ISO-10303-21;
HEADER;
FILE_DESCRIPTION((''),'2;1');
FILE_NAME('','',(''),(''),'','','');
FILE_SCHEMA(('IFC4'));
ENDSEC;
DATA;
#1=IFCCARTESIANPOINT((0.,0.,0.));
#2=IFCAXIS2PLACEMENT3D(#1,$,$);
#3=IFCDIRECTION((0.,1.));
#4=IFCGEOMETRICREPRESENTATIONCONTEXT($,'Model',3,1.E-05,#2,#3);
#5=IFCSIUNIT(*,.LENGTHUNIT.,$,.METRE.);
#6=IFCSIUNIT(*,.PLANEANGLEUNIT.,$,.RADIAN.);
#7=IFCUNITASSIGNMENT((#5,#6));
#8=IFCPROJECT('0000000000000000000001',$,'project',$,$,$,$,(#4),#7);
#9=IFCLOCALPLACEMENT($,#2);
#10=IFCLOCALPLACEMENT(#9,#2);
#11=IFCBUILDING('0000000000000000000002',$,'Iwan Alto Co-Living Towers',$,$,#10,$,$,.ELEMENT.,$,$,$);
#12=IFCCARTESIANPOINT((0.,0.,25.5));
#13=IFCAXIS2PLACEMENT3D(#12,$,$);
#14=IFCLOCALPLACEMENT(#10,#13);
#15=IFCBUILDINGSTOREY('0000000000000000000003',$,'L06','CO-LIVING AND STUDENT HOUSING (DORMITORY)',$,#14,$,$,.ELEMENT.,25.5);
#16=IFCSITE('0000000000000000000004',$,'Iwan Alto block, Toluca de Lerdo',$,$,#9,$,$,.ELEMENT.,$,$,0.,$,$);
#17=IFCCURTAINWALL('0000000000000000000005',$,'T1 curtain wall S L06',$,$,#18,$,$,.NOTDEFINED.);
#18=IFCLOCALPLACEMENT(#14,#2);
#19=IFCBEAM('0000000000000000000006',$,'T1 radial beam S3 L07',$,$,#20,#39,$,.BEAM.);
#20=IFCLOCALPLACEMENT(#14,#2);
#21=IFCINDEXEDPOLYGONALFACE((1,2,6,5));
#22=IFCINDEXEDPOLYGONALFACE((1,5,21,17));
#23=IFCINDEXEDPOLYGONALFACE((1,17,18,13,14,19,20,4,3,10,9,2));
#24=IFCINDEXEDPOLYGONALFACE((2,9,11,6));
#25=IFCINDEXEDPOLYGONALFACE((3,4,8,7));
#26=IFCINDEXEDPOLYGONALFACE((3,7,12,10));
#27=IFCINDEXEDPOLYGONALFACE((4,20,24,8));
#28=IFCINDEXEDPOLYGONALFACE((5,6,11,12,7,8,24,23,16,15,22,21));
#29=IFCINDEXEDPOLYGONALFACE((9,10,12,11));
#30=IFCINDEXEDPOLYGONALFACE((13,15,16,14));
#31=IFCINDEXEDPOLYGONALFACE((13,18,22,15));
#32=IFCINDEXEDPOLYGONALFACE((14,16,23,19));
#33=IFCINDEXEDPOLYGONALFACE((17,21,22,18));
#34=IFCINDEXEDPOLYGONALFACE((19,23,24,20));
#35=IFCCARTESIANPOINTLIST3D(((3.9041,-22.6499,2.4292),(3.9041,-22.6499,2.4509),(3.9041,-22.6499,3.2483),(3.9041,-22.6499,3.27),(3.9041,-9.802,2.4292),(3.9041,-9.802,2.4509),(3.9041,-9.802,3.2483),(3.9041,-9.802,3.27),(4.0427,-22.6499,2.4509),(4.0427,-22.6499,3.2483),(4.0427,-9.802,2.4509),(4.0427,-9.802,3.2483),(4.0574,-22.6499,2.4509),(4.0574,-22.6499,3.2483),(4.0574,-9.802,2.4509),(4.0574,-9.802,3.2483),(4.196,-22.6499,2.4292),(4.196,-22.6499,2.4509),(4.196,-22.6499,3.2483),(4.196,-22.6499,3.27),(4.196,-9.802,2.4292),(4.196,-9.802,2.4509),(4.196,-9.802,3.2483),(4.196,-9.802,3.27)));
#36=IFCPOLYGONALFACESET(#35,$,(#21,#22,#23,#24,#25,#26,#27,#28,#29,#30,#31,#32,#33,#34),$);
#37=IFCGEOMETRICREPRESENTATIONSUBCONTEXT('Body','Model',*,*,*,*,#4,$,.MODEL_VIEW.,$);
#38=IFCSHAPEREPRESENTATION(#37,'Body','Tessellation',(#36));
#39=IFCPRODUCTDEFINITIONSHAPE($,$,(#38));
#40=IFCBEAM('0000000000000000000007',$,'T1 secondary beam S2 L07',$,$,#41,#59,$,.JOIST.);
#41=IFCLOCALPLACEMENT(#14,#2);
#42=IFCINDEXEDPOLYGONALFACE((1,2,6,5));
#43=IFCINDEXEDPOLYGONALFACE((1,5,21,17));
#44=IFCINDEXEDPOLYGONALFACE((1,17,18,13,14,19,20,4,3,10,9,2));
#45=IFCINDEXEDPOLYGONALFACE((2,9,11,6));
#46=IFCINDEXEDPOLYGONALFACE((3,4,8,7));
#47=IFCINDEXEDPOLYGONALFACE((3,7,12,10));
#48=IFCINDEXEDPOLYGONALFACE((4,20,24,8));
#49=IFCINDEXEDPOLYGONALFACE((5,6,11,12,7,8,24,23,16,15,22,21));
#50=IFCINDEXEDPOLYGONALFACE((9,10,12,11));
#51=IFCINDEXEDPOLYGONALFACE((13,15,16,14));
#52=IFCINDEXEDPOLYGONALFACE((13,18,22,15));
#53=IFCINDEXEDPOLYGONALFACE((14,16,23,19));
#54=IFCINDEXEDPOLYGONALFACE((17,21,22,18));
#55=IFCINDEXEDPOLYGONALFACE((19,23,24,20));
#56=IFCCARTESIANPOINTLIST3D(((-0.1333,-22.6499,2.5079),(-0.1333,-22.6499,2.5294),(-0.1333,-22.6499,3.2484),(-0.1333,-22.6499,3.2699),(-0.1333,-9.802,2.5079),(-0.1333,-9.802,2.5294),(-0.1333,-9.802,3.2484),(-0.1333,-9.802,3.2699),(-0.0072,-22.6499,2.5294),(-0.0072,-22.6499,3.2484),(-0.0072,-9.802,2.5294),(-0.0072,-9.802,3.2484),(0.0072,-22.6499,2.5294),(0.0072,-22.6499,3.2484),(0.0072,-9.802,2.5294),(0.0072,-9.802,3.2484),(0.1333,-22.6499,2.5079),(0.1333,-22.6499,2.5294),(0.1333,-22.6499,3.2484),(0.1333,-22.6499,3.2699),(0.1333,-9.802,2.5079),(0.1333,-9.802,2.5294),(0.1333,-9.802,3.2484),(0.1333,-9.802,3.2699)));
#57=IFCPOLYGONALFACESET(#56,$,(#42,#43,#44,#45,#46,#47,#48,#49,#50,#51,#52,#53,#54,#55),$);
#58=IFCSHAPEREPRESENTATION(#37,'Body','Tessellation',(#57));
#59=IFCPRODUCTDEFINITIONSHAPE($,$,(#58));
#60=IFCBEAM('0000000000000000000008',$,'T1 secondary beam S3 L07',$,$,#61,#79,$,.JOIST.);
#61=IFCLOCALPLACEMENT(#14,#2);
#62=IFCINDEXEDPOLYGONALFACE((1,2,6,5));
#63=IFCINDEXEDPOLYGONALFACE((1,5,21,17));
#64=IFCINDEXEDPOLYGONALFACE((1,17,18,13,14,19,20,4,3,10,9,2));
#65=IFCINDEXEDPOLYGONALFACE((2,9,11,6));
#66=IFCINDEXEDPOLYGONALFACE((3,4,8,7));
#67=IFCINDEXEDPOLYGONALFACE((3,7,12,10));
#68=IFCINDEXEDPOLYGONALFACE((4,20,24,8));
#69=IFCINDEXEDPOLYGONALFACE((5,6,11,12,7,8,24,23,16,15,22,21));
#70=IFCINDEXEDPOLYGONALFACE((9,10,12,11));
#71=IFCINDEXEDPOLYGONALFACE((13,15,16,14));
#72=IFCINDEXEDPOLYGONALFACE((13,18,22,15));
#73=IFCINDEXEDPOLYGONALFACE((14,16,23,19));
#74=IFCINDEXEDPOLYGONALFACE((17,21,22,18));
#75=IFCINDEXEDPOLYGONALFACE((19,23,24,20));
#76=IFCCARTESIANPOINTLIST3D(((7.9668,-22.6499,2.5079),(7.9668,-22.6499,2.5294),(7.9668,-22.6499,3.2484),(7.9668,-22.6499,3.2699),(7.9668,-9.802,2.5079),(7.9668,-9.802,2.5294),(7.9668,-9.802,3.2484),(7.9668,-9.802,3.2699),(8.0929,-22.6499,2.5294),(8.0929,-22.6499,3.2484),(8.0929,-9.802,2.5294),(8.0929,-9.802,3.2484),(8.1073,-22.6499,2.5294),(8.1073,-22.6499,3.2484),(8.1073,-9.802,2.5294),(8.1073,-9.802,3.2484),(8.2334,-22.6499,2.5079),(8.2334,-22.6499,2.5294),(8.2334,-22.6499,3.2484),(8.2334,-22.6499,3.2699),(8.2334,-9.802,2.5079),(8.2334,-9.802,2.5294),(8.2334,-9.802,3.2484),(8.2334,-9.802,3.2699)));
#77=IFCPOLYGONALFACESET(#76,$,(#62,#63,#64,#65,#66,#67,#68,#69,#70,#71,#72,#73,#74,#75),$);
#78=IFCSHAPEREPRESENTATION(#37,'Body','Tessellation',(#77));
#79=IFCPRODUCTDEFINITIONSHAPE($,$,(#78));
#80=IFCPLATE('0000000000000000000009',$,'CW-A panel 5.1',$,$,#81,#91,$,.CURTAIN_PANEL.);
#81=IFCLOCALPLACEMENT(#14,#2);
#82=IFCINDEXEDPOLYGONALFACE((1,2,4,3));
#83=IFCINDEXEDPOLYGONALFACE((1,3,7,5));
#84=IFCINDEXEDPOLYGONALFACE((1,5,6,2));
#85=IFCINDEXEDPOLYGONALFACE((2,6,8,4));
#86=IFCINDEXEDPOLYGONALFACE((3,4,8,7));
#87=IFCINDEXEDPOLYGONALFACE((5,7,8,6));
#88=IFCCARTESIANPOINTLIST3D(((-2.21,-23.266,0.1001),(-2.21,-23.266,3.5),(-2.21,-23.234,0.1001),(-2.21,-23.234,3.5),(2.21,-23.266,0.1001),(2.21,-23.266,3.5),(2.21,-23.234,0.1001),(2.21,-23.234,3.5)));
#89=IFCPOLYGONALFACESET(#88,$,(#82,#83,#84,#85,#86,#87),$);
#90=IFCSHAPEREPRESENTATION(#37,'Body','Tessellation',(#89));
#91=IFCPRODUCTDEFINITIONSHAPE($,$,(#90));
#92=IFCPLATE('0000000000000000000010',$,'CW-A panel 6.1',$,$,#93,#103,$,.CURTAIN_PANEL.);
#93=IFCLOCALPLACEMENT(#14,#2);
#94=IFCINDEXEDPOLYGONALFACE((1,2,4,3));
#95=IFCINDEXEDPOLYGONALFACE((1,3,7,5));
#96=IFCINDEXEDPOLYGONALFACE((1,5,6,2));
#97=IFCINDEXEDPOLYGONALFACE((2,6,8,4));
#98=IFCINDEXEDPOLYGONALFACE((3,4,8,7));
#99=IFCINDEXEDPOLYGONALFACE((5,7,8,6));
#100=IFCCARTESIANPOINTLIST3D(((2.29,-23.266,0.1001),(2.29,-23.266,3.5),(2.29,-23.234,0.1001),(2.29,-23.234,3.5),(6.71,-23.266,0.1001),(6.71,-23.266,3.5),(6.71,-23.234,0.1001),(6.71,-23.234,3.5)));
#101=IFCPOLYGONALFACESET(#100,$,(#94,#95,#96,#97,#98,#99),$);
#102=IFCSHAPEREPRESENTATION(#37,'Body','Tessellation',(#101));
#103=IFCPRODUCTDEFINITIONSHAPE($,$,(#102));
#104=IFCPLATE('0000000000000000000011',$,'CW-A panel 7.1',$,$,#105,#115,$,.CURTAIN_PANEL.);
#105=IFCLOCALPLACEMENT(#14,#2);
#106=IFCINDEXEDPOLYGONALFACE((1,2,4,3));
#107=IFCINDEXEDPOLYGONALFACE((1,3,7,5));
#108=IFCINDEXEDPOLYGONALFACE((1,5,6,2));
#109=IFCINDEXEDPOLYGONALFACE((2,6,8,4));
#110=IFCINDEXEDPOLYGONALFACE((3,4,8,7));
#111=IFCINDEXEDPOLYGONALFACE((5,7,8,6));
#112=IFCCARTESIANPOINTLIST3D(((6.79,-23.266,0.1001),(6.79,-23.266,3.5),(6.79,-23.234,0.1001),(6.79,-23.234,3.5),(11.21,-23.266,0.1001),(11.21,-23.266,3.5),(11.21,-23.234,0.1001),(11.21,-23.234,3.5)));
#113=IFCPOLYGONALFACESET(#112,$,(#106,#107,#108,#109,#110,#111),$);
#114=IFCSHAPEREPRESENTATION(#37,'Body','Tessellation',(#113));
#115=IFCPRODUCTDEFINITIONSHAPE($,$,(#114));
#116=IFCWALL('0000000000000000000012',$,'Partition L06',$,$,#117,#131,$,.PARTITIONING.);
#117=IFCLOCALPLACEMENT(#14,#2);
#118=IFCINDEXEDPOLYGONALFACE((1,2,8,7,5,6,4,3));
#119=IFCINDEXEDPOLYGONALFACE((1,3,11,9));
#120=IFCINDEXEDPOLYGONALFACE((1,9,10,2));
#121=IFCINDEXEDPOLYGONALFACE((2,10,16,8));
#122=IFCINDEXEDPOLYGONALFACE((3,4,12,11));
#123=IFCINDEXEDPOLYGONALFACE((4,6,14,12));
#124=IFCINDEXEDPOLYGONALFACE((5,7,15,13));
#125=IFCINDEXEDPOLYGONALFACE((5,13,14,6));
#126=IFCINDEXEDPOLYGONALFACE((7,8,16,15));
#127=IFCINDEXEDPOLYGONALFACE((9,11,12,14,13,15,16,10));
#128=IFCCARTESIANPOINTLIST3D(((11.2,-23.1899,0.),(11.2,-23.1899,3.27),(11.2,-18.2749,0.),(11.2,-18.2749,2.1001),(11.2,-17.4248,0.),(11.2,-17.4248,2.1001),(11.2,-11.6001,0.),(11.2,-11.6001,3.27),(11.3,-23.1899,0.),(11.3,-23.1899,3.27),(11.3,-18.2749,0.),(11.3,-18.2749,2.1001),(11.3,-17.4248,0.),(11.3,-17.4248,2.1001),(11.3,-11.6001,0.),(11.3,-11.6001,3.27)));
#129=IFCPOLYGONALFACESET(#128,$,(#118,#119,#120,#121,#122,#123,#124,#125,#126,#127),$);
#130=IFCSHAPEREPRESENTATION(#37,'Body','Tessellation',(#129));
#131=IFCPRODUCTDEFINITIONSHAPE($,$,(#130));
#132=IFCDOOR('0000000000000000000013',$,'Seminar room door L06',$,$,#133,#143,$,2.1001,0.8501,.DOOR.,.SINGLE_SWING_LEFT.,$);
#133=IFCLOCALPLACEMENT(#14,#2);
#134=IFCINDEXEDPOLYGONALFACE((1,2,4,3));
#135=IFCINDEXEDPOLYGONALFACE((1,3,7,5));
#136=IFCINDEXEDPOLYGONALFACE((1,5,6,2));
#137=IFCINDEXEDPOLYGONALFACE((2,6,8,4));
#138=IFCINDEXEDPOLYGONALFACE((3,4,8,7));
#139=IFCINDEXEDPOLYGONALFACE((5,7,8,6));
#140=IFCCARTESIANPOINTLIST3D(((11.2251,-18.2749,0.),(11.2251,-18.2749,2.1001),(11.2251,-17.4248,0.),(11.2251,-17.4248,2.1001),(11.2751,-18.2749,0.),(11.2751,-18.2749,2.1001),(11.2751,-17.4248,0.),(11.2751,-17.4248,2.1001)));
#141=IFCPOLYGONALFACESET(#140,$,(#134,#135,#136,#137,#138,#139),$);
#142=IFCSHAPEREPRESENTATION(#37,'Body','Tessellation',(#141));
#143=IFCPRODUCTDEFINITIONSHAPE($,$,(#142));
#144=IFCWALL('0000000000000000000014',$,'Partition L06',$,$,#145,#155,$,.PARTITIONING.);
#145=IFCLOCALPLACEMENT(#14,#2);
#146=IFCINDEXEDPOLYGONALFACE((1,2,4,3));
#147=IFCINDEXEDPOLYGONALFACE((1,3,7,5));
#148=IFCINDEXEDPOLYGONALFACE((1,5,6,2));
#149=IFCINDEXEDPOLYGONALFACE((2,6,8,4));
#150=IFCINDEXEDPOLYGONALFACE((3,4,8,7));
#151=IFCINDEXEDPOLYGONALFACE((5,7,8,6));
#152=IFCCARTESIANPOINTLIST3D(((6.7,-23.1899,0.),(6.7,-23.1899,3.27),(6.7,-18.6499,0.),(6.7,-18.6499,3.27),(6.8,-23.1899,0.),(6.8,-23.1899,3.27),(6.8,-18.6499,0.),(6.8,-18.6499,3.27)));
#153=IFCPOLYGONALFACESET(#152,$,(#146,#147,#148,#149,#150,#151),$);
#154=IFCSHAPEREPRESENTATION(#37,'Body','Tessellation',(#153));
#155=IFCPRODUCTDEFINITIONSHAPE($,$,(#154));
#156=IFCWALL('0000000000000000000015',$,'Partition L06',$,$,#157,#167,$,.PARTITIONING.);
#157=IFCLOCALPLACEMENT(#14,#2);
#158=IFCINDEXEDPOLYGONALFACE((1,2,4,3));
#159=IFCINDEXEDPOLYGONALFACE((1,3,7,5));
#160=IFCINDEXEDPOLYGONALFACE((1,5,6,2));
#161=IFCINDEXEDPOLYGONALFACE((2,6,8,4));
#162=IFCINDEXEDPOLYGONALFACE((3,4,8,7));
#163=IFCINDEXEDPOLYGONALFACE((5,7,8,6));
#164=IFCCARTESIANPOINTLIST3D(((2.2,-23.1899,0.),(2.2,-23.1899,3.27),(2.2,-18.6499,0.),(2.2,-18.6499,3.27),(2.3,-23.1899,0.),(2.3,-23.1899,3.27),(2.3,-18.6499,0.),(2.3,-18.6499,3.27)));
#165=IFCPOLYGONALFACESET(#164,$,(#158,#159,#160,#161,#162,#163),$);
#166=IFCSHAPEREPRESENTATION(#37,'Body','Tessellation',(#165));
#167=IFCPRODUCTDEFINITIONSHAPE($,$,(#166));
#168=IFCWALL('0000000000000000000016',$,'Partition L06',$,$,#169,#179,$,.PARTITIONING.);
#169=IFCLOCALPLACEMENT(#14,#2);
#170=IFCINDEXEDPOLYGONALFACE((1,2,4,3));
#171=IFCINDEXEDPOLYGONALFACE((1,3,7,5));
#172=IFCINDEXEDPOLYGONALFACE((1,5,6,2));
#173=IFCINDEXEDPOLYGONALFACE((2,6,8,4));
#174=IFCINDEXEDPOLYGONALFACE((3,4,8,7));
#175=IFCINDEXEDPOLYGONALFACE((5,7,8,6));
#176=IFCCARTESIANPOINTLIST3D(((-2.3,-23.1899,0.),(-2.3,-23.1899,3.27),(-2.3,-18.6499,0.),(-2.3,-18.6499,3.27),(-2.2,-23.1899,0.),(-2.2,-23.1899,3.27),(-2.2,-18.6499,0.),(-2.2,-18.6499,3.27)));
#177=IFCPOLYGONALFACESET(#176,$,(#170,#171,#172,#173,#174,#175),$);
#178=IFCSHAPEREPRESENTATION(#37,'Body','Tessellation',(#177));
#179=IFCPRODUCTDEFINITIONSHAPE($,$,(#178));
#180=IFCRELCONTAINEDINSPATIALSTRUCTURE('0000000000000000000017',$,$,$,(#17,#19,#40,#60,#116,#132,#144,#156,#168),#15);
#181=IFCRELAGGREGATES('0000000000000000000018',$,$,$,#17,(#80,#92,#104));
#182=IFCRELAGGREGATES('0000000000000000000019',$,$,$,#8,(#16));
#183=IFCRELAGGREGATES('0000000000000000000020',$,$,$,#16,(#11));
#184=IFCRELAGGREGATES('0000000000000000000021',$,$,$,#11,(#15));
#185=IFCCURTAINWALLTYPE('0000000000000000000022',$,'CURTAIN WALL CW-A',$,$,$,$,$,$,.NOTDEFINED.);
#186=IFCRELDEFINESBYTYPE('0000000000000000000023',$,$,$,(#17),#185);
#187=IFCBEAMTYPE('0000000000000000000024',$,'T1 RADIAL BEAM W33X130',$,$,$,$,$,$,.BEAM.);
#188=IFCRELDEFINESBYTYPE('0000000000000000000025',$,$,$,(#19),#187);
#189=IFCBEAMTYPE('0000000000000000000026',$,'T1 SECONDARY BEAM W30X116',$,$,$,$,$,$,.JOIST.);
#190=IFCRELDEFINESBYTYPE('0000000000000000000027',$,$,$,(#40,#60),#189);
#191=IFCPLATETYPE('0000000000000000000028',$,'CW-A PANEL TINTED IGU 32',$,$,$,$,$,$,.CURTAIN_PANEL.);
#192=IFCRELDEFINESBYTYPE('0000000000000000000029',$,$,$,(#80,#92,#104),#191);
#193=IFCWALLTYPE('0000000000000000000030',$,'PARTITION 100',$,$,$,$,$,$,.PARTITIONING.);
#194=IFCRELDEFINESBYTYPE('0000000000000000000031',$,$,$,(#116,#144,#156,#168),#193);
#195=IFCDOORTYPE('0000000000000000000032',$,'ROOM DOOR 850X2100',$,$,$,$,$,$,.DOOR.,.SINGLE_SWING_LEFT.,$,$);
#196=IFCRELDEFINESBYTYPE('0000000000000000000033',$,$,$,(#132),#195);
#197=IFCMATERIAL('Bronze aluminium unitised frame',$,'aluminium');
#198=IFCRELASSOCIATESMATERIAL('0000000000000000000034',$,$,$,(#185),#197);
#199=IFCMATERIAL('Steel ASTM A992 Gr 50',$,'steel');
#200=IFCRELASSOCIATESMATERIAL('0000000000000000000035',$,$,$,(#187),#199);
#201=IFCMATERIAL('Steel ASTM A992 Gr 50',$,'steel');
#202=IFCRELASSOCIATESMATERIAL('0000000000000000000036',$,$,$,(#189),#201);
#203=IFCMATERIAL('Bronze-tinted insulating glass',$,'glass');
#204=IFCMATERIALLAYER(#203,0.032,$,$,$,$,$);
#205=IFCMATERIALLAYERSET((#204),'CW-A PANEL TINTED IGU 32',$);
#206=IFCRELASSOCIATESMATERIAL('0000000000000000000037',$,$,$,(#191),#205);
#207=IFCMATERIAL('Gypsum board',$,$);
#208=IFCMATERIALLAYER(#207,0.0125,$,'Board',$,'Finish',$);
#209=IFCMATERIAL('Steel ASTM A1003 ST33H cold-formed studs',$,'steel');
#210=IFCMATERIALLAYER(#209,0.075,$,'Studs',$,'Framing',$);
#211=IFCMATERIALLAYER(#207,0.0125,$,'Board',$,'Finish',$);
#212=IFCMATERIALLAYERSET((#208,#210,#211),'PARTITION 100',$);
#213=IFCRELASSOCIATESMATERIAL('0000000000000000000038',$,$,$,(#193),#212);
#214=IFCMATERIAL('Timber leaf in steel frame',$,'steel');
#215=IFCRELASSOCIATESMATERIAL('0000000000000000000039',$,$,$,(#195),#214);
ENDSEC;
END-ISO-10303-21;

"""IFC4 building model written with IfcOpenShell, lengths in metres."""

from ifc_helpers import new_model, si_unit, direction, frame, frame_2d, origin, origin_2d, place, context, subcontext, project, spatial, rectangle, i_section, extrude, material, layer, layer_set, material_profile, profile_set, type_object, element, fill, aggregate, save


model = new_model("IFC4")

# Units and contexts
model_context = context("Model", 3, precision=1e-05, world=origin(), true_north=direction((0.0, 1.0)))
body_context = subcontext(model_context, "Body", "Model", "MODEL_VIEW")
ifc_project = project(units=[si_unit("LENGTHUNIT", "METRE"), si_unit("PLANEANGLEUNIT", "RADIAN")], contexts=[model_context])

# Site, building, storey
site_placement = place(None, origin())
site = spatial("IfcSite", under=ifc_project, at=site_placement, Name="Iwan Alto block, Toluca de Lerdo", CompositionType="ELEMENT", RefElevation=0.0)
building_placement = place(site_placement, origin())
building = spatial("IfcBuilding", under=site, at=building_placement, Name="Iwan Alto Co-Living Towers", CompositionType="ELEMENT")
storey_placement = place(building_placement, frame((0.0, 0.0, 25.5)))
storey = spatial("IfcBuildingStorey", under=building, at=storey_placement, Name="L06", Description="CO-LIVING AND STUDENT HOUSING (DORMITORY)", CompositionType="ELEMENT", Elevation=25.5)

# Curtain wall
ifc_material_1 = material(Name="Bronze aluminium unitised frame", Category="aluminium")
curtain_wall_type = type_object("IfcCurtainWallType", Name="CURTAIN WALL CW-A", PredefinedType="NOTDEFINED", material=ifc_material_1)
curtain_wall_placement = place(storey_placement, origin())
curtain_wall = element("IfcCurtainWall", 1, at=curtain_wall_placement, inside=storey, type_object=curtain_wall_type, Name="T1 curtain wall S L06", PredefinedType="NOTDEFINED")

# Beams
ifc_material_2 = material(Name="Steel ASTM A992 Gr 50", Category="steel")
ifc_material_profile_1 = material_profile(ifc_material_2, i_section(OverallWidth=0.292, OverallDepth=0.8408, WebThickness=0.0146, FlangeThickness=0.0217, at=origin_2d()), Name="W33X130")
ifc_profile_set_1 = profile_set([ifc_material_profile_1], Name="Steel ASTM A992 Gr 50")
beam_type_1 = type_object("IfcBeamType", Name="T1 RADIAL BEAM W33X130", PredefinedType="BEAM", material=ifc_profile_set_1)
beam_1_placement = place(storey_placement, frame((4.05, -22.6499, 2.8496), z_axis=(0.0, 1.0, 0.0), x_axis=(-1.0, 0.0, 0.0)))
element("IfcBeam", 2, at=beam_1_placement, inside=storey, type_object=beam_type_1, Name="T1 radial beam S3 L07", PredefinedType="BEAM", context=body_context, shape_type="SweptSolid", body=[
    extrude(i_section(OverallWidth=0.292, OverallDepth=0.8408, WebThickness=0.0146, FlangeThickness=0.0217, at=origin_2d()), origin(), (0.0, 0.0, 1.0), 12.8479),
])
ifc_material_3 = material(Name="Steel ASTM A992 Gr 50", Category="steel")
ifc_material_profile_2 = material_profile(ifc_material_3, i_section(OverallWidth=0.2666, OverallDepth=0.762, WebThickness=0.0144, FlangeThickness=0.0215, at=origin_2d()), Name="W30X116")
ifc_profile_set_2 = profile_set([ifc_material_profile_2], Name="Steel ASTM A992 Gr 50")
beam_type_2 = type_object("IfcBeamType", Name="T1 SECONDARY BEAM W30X116", PredefinedType="JOIST", material=ifc_profile_set_2)
for number, where, z_axis, x_axis, name in (
    (3, (0.0, -22.6499, 2.8889), (0.0, 1.0, 0.0), (-1.0, 0.0, 0.0), "T1 secondary beam S2 L07"),
    (4, (8.1001, -22.6499, 2.8889), (0.0, 1.0, 0.0), (-1.0, 0.0, 0.0), "T1 secondary beam S3 L07"),
):
    element("IfcBeam", number, at=place(storey_placement, frame(where, z_axis=z_axis, x_axis=x_axis)), inside=storey, type_object=beam_type_2, Name=name, PredefinedType="JOIST", context=body_context, shape_type="SweptSolid", body=[
        extrude(i_section(OverallWidth=0.2666, OverallDepth=0.762, WebThickness=0.0144, FlangeThickness=0.0215, at=origin_2d()), origin(), (0.0, 0.0, 1.0), 12.8479),
    ])

# Plates
ifc_material_4 = material(Name="Bronze-tinted insulating glass", Category="glass")
ifc_layer_1 = layer(ifc_material_4, 0.032)
ifc_layer_set_1 = layer_set([ifc_layer_1], Name="CW-A PANEL TINTED IGU 32")
plate_type = type_object("IfcPlateType", Name="CW-A PANEL TINTED IGU 32", PredefinedType="CURTAIN_PANEL", material=ifc_layer_set_1)
plate_1_placement = place(storey_placement, frame((0.0, -23.25, 0.1001), z_axis=(0.0, 0.0, 1.0), x_axis=(1.0, 0.0, 0.0)))
plate_1 = element("IfcPlate", 5, at=plate_1_placement, type_object=plate_type, Name="CW-A panel 5.1", PredefinedType="CURTAIN_PANEL", context=body_context, shape_type="SweptSolid", body=[
    extrude(rectangle(XDim=4.4199, YDim=0.032, at=origin_2d()), origin(), (0.0, 0.0, 1.0), 3.3999),
])
plate_2_placement = place(storey_placement, frame((4.5, -23.25, 0.1001), z_axis=(0.0, 0.0, 1.0), x_axis=(1.0, 0.0, 0.0)))
plate_2 = element("IfcPlate", 6, at=plate_2_placement, type_object=plate_type, Name="CW-A panel 6.1", PredefinedType="CURTAIN_PANEL", context=body_context, shape_type="SweptSolid", body=[
    extrude(rectangle(XDim=4.4199, YDim=0.032, at=origin_2d()), origin(), (0.0, 0.0, 1.0), 3.3999),
])
plate_3_placement = place(storey_placement, frame((9.0, -23.25, 0.1001), z_axis=(0.0, 0.0, 1.0), x_axis=(1.0, 0.0, 0.0)))
plate_3 = element("IfcPlate", 7, at=plate_3_placement, type_object=plate_type, Name="CW-A panel 7.1", PredefinedType="CURTAIN_PANEL", context=body_context, shape_type="SweptSolid", body=[
    extrude(rectangle(XDim=4.4199, YDim=0.032, at=origin_2d()), origin(), (0.0, 0.0, 1.0), 3.3999),
])
aggregate(curtain_wall, [plate_1, plate_2, plate_3])

# Wall, opening, door
ifc_material_5 = material(Name="Gypsum board")
ifc_layer_2 = layer(ifc_material_5, 0.0125, Name="Board", Category="Finish")
ifc_material_6 = material(Name="Steel ASTM A1003 ST33H cold-formed studs", Category="steel")
ifc_layer_3 = layer(ifc_material_6, 0.075, Name="Studs", Category="Framing")
ifc_layer_4 = layer(ifc_material_5, 0.0125, Name="Board", Category="Finish")
ifc_layer_set_2 = layer_set([ifc_layer_2, ifc_layer_3, ifc_layer_4], Name="PARTITION 100")
wall_type = type_object("IfcWallType", Name="PARTITION 100", PredefinedType="PARTITIONING", material=ifc_layer_set_2)
wall_placement = place(storey_placement, frame((11.25, -23.1899, 0.0), z_axis=(0.0, 0.0, 1.0), x_axis=(0.0, 1.0, 0.0)))
wall = element("IfcWall", 8, at=wall_placement, inside=storey, type_object=wall_type, Name="Partition L06", PredefinedType="PARTITIONING", context=body_context, shape_type="SweptSolid", body=[
    extrude(rectangle(XDim=11.5898, YDim=0.1001, at=frame_2d((5.7949, 0.0))), origin(), (0.0, 0.0, 1.0), 3.27),
])
opening_placement = place(wall_placement, frame((4.915, 0.0, 0.0)))
opening = element("IfcOpeningElement", 9, at=opening_placement, cuts=wall, PredefinedType="OPENING", context=body_context, shape_type="SweptSolid", body=[
    extrude(rectangle(XDim=0.8501, YDim=2.1001, at=frame_2d((0.425, 1.05))), frame((0.0, 0.0601, 0.0), z_axis=(0.0, -1.0, 0.0), x_axis=(1.0, 0.0, 0.0)), (0.0, 0.0, 1.0), 0.1201),
])
ifc_material_7 = material(Name="Timber leaf in steel frame", Category="steel")
door_type = type_object("IfcDoorType", Name="ROOM DOOR 850X2100", OperationType="SINGLE_SWING_LEFT", PredefinedType="DOOR", material=ifc_material_7)
door_placement = place(opening_placement, origin())
door = element("IfcDoor", 10, at=door_placement, inside=storey, type_object=door_type, Name="Seminar room door L06", OperationType="SINGLE_SWING_LEFT", OverallHeight=2.1001, OverallWidth=0.8501, PredefinedType="DOOR", context=body_context, shape_type="SweptSolid", body=[
    extrude(rectangle(XDim=0.8501, YDim=2.1001, at=frame_2d((0.425, 1.05))), frame((0.0, 0.0249, 0.0), z_axis=(0.0, -1.0, 0.0), x_axis=(1.0, 0.0, 0.0)), (0.0, 0.0, 1.0), 0.05),
])
fill(opening, door)

# Walls
for number, where, z_axis, x_axis, name in (
    (11, (6.75, -23.1899, 0.0), (0.0, 0.0, 1.0), (0.0, 1.0, 0.0), "Partition L06"),
    (12, (2.25, -23.1899, 0.0), (0.0, 0.0, 1.0), (0.0, 1.0, 0.0), "Partition L06"),
    (13, (-2.25, -23.1899, 0.0), (0.0, 0.0, 1.0), (0.0, 1.0, 0.0), "Partition L06"),
):
    element("IfcWall", number, at=place(storey_placement, frame(where, z_axis=z_axis, x_axis=x_axis)), inside=storey, type_object=wall_type, Name=name, PredefinedType="PARTITIONING", context=body_context, shape_type="SweptSolid", body=[
        extrude(rectangle(XDim=4.54, YDim=0.1001, at=frame_2d((2.27, 0.0))), origin(), (0.0, 0.0, 1.0), 3.27),
    ])

save(model, "model.ifc")
